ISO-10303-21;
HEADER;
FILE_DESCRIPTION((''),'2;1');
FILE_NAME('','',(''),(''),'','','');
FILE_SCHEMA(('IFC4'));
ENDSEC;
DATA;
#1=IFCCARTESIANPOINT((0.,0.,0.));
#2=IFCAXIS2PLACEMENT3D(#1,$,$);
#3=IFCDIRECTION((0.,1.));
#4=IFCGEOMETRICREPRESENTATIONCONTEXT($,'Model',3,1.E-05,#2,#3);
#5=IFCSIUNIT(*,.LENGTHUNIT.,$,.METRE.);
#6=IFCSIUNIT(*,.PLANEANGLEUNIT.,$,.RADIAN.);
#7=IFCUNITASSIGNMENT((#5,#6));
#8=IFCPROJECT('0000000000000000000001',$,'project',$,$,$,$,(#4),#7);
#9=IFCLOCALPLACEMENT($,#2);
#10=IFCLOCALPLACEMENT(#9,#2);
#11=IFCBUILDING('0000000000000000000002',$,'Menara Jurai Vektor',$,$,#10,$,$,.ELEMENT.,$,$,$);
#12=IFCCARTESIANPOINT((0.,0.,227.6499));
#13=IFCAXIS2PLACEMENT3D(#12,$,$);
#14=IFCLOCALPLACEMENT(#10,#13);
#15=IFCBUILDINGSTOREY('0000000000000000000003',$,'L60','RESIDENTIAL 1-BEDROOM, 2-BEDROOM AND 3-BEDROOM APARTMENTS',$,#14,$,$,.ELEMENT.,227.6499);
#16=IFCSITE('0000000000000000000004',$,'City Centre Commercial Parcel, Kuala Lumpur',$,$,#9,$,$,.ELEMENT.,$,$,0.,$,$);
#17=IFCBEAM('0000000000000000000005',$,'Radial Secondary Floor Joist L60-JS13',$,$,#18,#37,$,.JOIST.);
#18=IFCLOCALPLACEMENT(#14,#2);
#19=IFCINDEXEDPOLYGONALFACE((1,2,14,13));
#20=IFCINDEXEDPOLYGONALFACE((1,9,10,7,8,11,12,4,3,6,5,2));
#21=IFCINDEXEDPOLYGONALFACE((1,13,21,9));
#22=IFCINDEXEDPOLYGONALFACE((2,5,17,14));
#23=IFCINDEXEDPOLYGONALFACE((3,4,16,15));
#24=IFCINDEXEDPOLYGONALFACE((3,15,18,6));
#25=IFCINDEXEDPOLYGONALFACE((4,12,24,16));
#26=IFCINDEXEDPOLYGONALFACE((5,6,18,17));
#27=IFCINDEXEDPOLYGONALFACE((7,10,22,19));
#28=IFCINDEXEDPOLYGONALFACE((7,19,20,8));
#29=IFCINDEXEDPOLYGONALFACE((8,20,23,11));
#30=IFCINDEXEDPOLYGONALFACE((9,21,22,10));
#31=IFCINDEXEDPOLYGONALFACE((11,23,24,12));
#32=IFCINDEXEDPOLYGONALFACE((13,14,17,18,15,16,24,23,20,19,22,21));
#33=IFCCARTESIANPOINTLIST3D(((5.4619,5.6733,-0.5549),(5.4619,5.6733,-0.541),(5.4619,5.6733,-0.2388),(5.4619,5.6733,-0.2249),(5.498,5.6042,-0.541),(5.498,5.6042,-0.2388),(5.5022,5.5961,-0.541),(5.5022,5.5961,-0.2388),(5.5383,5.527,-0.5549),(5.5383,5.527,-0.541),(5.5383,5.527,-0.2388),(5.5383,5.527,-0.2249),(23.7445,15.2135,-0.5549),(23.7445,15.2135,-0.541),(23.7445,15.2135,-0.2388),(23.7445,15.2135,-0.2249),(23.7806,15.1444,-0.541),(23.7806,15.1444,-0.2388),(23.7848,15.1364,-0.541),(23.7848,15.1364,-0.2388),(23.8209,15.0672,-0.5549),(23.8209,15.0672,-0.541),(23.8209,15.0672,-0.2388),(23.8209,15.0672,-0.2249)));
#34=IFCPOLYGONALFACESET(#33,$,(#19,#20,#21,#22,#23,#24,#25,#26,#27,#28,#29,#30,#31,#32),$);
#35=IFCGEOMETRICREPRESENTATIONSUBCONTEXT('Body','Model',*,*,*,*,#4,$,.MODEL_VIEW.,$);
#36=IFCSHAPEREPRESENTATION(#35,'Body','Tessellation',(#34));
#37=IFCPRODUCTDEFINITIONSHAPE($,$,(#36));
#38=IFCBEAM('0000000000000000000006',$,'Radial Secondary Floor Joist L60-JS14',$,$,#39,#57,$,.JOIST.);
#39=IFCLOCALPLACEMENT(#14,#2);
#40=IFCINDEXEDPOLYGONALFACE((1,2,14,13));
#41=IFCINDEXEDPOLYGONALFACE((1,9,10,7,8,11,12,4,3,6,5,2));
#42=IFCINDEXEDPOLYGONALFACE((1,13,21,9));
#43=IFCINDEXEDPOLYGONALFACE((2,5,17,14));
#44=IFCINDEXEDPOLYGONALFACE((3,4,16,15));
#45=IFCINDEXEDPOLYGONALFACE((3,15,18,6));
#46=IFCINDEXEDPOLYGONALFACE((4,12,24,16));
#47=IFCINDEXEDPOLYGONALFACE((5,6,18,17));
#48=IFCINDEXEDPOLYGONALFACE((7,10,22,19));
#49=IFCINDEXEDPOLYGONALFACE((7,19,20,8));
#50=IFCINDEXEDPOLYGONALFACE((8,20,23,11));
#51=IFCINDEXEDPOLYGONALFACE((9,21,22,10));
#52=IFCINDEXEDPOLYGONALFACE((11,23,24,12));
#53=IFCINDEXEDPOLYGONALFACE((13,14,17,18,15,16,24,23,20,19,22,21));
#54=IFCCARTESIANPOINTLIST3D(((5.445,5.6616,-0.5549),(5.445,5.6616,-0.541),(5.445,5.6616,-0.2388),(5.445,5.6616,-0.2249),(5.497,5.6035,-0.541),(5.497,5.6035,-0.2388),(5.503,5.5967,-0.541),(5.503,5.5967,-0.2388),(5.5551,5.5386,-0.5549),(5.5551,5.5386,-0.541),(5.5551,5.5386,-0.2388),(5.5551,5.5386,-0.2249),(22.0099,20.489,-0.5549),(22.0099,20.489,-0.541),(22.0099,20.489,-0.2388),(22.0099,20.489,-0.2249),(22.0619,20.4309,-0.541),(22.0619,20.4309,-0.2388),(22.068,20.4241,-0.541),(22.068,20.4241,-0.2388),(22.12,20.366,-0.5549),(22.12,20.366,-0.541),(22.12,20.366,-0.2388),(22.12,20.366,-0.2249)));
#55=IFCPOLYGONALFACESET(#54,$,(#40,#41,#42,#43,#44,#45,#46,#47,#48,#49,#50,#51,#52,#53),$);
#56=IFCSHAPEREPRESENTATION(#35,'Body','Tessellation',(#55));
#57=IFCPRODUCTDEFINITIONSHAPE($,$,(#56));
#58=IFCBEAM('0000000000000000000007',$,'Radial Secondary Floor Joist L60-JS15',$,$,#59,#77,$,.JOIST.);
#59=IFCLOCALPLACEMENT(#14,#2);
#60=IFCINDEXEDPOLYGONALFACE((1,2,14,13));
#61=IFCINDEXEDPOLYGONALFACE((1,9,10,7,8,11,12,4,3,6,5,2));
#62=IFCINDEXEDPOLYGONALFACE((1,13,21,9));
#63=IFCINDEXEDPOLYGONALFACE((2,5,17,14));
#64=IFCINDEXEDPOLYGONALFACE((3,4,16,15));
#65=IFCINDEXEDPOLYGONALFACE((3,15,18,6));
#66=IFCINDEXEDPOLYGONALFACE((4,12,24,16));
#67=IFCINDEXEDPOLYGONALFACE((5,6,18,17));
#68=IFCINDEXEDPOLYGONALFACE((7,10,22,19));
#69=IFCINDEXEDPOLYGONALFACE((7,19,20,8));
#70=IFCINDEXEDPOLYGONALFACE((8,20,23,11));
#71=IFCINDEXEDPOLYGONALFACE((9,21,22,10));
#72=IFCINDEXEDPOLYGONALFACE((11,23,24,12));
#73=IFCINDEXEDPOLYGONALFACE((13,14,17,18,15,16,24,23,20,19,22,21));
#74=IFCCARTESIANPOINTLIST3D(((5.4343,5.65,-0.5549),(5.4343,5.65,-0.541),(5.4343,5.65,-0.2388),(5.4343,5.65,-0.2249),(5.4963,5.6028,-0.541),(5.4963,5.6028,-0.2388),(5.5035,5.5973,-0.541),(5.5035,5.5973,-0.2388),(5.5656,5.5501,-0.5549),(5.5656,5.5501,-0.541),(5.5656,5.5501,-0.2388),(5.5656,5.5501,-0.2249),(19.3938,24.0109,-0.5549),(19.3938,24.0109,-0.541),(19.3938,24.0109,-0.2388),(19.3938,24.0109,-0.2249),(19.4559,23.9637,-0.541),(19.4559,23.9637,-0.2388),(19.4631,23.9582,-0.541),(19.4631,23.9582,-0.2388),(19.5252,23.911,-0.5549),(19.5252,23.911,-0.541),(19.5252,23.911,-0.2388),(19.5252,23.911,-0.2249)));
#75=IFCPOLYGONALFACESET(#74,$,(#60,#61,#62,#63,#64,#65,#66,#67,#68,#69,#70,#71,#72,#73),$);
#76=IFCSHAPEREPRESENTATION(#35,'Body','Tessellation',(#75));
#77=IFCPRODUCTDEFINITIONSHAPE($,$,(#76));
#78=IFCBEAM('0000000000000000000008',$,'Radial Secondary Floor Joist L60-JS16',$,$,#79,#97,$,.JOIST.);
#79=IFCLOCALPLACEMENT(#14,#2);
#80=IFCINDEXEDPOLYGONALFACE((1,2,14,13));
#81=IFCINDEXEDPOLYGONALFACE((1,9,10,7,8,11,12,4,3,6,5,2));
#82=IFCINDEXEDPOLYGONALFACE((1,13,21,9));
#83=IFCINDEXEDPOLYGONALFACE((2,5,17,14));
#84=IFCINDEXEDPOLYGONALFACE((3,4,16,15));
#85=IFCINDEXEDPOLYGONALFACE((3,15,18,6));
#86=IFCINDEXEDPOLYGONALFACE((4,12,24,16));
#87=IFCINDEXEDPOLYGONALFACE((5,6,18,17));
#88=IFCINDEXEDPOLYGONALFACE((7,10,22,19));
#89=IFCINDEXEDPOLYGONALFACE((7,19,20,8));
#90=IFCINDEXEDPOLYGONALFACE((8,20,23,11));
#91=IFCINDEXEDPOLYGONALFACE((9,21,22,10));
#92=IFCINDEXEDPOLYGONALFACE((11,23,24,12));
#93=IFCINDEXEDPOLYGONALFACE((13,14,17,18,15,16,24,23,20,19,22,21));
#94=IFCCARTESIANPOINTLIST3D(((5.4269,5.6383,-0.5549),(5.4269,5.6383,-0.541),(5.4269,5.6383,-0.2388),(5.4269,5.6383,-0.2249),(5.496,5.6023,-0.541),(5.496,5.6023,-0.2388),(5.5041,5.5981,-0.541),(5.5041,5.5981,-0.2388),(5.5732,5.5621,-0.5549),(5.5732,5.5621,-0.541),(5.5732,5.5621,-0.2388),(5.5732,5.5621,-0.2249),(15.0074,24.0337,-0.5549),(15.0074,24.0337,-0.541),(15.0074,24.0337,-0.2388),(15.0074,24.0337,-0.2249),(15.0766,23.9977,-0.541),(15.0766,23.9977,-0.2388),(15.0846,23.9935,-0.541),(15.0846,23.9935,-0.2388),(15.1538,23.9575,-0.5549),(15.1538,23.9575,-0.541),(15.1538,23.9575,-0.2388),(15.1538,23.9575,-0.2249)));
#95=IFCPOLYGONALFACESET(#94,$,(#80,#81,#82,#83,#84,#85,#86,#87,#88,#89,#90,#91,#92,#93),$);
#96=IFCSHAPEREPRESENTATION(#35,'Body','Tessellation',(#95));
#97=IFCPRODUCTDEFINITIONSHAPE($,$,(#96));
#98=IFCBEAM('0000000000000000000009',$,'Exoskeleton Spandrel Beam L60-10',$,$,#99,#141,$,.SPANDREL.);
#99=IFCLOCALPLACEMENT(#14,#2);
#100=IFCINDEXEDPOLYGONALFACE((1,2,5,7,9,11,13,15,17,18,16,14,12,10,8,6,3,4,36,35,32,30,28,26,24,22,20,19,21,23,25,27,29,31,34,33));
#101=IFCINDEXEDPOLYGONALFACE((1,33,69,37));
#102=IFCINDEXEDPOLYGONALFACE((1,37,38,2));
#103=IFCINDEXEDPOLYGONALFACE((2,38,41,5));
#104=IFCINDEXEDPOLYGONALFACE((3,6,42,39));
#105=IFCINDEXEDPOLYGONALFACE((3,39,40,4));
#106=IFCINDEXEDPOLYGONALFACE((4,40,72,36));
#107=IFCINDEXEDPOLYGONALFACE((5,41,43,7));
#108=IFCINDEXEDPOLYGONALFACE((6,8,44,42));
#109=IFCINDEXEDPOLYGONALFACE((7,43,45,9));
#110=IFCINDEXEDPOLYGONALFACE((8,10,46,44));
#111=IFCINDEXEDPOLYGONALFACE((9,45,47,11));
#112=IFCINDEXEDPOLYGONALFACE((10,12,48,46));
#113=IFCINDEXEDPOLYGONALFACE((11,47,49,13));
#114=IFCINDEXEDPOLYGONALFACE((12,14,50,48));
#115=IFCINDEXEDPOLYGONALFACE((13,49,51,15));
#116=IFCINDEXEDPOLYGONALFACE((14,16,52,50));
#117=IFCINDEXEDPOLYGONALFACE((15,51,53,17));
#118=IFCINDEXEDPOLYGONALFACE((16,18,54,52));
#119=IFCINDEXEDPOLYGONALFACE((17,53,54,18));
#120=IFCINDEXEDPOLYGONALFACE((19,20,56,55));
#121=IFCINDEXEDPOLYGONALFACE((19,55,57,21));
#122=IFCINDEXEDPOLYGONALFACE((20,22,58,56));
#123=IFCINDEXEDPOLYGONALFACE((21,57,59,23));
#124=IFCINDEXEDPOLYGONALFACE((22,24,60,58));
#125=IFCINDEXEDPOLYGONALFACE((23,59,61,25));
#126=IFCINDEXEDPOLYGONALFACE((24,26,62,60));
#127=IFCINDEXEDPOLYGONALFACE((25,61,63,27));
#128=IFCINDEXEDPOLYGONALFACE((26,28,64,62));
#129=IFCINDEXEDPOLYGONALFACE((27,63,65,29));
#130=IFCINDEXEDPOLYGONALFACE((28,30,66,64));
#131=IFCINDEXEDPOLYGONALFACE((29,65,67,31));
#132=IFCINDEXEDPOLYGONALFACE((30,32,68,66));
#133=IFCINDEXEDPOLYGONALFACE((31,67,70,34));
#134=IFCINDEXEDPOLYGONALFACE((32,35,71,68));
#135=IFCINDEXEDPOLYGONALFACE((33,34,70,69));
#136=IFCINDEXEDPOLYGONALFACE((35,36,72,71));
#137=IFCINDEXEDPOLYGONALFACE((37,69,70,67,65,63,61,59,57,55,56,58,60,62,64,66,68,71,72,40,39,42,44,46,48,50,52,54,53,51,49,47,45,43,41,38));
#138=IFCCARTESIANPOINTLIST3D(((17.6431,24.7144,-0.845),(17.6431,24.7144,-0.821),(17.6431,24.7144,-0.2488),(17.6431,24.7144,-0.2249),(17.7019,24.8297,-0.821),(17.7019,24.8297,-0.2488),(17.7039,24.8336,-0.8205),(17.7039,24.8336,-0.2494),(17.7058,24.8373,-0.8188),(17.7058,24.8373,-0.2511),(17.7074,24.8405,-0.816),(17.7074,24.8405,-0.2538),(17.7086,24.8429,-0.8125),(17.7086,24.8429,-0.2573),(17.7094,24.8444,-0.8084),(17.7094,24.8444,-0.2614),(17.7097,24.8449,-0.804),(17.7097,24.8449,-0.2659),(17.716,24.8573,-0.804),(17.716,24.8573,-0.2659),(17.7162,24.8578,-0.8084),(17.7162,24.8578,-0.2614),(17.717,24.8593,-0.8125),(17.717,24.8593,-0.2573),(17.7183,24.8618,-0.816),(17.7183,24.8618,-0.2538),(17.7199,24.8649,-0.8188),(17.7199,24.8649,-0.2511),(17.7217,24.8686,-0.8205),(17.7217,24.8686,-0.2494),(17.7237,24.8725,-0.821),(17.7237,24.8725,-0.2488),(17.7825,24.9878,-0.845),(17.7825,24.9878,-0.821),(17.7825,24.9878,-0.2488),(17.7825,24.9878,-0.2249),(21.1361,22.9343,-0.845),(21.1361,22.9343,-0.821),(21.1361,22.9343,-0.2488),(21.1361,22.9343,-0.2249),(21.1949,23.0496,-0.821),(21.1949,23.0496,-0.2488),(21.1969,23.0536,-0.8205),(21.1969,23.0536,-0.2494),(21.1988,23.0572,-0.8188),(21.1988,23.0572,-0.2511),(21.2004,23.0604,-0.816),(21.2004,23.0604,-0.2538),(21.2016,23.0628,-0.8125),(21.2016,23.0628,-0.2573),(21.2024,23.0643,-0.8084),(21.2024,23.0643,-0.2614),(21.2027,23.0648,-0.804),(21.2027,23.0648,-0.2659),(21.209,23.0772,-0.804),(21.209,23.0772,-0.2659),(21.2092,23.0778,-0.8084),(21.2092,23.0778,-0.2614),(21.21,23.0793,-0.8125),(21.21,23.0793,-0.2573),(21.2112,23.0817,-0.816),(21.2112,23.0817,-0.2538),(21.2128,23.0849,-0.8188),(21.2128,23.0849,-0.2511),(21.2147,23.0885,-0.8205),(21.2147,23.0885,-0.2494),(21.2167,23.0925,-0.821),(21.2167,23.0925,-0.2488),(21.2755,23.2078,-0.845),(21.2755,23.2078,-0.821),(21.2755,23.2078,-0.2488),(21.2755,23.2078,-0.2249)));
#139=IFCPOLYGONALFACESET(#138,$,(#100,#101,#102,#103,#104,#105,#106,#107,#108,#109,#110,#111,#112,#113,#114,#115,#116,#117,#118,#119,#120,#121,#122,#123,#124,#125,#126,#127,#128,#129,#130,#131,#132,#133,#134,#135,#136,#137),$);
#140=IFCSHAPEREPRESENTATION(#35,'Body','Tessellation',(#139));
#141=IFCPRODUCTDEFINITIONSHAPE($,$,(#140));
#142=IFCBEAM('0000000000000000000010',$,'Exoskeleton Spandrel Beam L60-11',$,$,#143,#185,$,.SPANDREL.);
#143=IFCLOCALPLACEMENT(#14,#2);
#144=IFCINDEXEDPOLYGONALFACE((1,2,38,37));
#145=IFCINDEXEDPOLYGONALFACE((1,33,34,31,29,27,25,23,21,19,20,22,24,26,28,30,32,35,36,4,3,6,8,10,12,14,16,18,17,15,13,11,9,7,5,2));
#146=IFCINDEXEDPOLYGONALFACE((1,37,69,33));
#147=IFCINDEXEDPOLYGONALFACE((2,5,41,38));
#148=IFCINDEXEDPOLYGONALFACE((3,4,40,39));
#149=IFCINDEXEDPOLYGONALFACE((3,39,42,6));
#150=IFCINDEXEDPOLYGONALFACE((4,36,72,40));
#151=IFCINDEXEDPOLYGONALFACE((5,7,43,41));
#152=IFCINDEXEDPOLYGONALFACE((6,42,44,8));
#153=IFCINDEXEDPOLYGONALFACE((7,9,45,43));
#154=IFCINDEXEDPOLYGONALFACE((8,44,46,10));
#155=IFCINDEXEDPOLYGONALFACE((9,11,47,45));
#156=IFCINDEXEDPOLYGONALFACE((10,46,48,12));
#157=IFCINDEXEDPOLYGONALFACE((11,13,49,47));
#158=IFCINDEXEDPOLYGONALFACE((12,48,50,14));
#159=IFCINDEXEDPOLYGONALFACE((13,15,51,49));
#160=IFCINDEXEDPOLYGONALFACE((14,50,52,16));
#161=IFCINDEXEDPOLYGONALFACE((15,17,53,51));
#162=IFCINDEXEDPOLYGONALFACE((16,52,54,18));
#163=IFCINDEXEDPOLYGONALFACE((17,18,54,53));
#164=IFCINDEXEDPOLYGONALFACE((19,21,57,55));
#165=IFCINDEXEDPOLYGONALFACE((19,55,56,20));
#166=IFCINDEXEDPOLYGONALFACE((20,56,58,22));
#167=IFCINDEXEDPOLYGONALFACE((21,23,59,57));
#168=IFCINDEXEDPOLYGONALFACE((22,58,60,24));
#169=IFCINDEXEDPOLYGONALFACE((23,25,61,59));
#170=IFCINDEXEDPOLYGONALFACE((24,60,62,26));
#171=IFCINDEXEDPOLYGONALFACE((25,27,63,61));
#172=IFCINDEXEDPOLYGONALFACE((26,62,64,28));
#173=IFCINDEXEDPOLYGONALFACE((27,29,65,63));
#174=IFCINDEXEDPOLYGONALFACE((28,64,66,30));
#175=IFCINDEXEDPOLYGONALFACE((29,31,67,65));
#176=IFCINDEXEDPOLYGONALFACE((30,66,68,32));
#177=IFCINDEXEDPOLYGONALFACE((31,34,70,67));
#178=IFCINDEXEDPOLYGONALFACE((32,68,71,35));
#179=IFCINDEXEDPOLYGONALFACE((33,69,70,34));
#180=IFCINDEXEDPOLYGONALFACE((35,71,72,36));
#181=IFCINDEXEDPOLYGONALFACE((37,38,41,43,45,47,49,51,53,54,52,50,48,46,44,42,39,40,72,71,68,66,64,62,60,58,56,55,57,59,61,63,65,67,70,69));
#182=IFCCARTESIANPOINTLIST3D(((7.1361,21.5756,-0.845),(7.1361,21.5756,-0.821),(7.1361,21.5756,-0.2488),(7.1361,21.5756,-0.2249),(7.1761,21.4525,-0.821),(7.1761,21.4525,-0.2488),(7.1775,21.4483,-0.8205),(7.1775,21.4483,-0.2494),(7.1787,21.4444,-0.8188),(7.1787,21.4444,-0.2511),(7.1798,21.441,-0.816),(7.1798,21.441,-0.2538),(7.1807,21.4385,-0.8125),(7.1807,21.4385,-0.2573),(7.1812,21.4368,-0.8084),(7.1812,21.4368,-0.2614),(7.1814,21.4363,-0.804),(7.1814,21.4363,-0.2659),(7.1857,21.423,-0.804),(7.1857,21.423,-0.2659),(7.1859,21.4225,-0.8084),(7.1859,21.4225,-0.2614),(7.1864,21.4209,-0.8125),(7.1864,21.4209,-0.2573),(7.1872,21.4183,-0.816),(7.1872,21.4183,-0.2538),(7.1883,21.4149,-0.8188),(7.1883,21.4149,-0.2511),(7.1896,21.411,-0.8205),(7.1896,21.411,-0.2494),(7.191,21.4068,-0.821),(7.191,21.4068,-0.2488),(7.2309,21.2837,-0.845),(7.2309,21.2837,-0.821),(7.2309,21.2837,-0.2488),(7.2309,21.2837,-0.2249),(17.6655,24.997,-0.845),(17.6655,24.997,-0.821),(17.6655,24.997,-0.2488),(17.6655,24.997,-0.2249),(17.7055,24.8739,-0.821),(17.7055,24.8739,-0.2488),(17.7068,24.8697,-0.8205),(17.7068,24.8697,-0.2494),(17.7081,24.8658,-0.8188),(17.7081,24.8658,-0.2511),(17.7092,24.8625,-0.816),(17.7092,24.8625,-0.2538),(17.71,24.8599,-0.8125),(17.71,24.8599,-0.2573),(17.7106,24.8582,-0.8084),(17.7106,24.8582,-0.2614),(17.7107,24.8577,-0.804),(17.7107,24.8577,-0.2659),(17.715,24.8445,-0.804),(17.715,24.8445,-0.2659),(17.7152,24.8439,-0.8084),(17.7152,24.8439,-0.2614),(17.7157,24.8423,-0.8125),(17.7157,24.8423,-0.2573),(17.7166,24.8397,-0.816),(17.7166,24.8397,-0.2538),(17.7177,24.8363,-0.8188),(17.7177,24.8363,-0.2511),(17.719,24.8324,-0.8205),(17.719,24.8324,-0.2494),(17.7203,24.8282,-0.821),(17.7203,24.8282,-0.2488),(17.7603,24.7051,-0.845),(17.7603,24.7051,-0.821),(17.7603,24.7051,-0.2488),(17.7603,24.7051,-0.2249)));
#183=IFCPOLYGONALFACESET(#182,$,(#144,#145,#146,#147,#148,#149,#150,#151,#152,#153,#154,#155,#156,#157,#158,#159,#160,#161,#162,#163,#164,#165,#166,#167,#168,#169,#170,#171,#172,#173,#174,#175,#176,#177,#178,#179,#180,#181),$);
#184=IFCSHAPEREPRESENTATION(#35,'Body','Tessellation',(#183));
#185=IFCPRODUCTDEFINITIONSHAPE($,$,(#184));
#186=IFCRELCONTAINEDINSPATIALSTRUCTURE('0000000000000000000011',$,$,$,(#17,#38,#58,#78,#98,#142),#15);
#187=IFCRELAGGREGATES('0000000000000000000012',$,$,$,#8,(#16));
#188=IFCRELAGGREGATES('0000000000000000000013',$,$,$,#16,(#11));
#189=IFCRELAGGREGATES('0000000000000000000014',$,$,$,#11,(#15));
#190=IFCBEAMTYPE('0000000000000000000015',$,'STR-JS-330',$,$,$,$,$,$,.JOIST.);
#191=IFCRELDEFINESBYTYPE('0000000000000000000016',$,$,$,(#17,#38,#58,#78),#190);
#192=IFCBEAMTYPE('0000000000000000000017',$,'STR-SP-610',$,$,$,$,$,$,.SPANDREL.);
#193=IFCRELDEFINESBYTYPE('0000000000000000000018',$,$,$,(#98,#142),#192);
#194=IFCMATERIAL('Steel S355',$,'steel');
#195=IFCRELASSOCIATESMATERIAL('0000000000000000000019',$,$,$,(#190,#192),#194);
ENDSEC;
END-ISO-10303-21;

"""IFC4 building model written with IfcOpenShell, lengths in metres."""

from ifc_helpers import new_model, si_unit, direction, frame, origin, origin_2d, place, context, subcontext, project, spatial, i_section, extrude, material, material_profile, profile_set, type_object, element, save


model = new_model("IFC4")

# Units and contexts
model_context = context("Model", 3, precision=1e-05, world=origin(), true_north=direction((0.0, 1.0)))
body_context = subcontext(model_context, "Body", "Model", "MODEL_VIEW")
ifc_project = project(units=[si_unit("LENGTHUNIT", "METRE"), si_unit("PLANEANGLEUNIT", "RADIAN")], contexts=[model_context])

# Site, building, storey
site_placement = place(None, origin())
site = spatial("IfcSite", under=ifc_project, at=site_placement, Name="City Centre Commercial Parcel, Kuala Lumpur", CompositionType="ELEMENT", RefElevation=0.0)
building_placement = place(site_placement, origin())
building = spatial("IfcBuilding", under=site, at=building_placement, Name="Menara Jurai Vektor", CompositionType="ELEMENT")
storey_placement = place(building_placement, frame((0.0, 0.0, 227.6499)))
storey = spatial("IfcBuildingStorey", under=building, at=storey_placement, Name="L60", Description="RESIDENTIAL 1-BEDROOM, 2-BEDROOM AND 3-BEDROOM APARTMENTS", CompositionType="ELEMENT", Elevation=227.6499)

# Shared definitions
ifc_material_1 = material(Name="Steel S355", Category="steel")

# Beams
ifc_material_profile_1 = material_profile(ifc_material_1, i_section(OverallWidth=0.165, OverallDepth=0.3301, WebThickness=0.009, FlangeThickness=0.0139, at=origin_2d()), Name="PG 330x165x46")
ifc_profile_set_1 = profile_set([ifc_material_profile_1], Name="Steel S355")
beam_type_1 = type_object("IfcBeamType", Name="STR-JS-330", PredefinedType="JOIST", material=ifc_profile_set_1)
beam_1_placement = place(storey_placement, frame((23.7827, 15.1404, -0.3899), z_axis=(-0.886556, -0.462622, 0.0), x_axis=(0.462622, -0.886556, 0.0)))
element("IfcBeam", 1, at=beam_1_placement, inside=storey, type_object=beam_type_1, Name="Radial Secondary Floor Joist L60-JS13", PredefinedType="JOIST", context=body_context, shape_type="SweptSolid", body=[
    extrude(i_section(OverallWidth=0.165, OverallDepth=0.3301, WebThickness=0.009, FlangeThickness=0.0139, at=origin_2d()), origin(), (0.0, 0.0, 1.0), 20.6221),
])
beam_2_placement = place(storey_placement, frame((22.0649, 20.4275, -0.3899), z_axis=(-0.745104, -0.666948, 0.0), x_axis=(0.666948, -0.745104, 0.0)))
element("IfcBeam", 2, at=beam_2_placement, inside=storey, type_object=beam_type_1, Name="Radial Secondary Floor Joist L60-JS14", PredefinedType="JOIST", context=body_context, shape_type="SweptSolid", body=[
    extrude(i_section(OverallWidth=0.165, OverallDepth=0.3301, WebThickness=0.009, FlangeThickness=0.0139, at=origin_2d()), origin(), (0.0, 0.0, 1.0), 22.2317),
])
beam_3_placement = place(storey_placement, frame((19.4595, 23.9609, -0.3899), z_axis=(-0.605227, -0.796053, 0.0), x_axis=(0.796053, -0.605227, 0.0)))
element("IfcBeam", 3, at=beam_3_placement, inside=storey, type_object=beam_type_1, Name="Radial Secondary Floor Joist L60-JS15", PredefinedType="JOIST", context=body_context, shape_type="SweptSolid", body=[
    extrude(i_section(OverallWidth=0.165, OverallDepth=0.3301, WebThickness=0.009, FlangeThickness=0.0139, at=origin_2d()), origin(), (0.0, 0.0, 1.0), 23.0649),
])
beam_4_placement = place(storey_placement, frame((15.0806, 23.9956, -0.3899), z_axis=(-0.461918, -0.886923, 0.0), x_axis=(0.886923, -0.461918, 0.0)))
element("IfcBeam", 4, at=beam_4_placement, inside=storey, type_object=beam_type_1, Name="Radial Secondary Floor Joist L60-JS16", PredefinedType="JOIST", context=body_context, shape_type="SweptSolid", body=[
    extrude(i_section(OverallWidth=0.165, OverallDepth=0.3301, WebThickness=0.009, FlangeThickness=0.0139, at=origin_2d()), origin(), (0.0, 0.0, 1.0), 20.7407),
])
ifc_material_profile_2 = material_profile(ifc_material_1, i_section(OverallWidth=0.3069, OverallDepth=0.6201, WebThickness=0.0139, FlangeThickness=0.0239, FilletRadius=0.0171, at=origin_2d()), Name="UKB 610x305x179")
ifc_profile_set_2 = profile_set([ifc_material_profile_2], Name="Steel S355")
beam_type_2 = type_object("IfcBeamType", Name="STR-SP-610", PredefinedType="SPANDREL", material=ifc_profile_set_2)
beam_5_placement = place(storey_placement, frame((21.2058, 23.071, -0.5349), z_axis=(-0.890976, 0.454051, 0.0), x_axis=(-0.454051, -0.890976, 0.0)))
element("IfcBeam", 5, at=beam_5_placement, inside=storey, type_object=beam_type_2, Name="Exoskeleton Spandrel Beam L60-10", PredefinedType="SPANDREL", context=body_context, shape_type="SweptSolid", body=[
    extrude(i_section(OverallWidth=0.3069, OverallDepth=0.6201, WebThickness=0.0139, FlangeThickness=0.0239, FilletRadius=0.0171, at=origin_2d()), origin(), (0.0, 0.0, 1.0), 3.9204),
])
beam_6_placement = place(storey_placement, frame((17.7129, 24.8511, -0.5349), z_axis=(-0.951051, -0.309034, 0.0), x_axis=(0.309034, -0.951051, 0.0)))
element("IfcBeam", 6, at=beam_6_placement, inside=storey, type_object=beam_type_2, Name="Exoskeleton Spandrel Beam L60-11", PredefinedType="SPANDREL", context=body_context, shape_type="SweptSolid", body=[
    extrude(i_section(OverallWidth=0.3069, OverallDepth=0.6201, WebThickness=0.0139, FlangeThickness=0.0239, FilletRadius=0.0171, at=origin_2d()), origin(), (0.0, 0.0, 1.0), 11.0713),
])

save(model, "model.ifc")
